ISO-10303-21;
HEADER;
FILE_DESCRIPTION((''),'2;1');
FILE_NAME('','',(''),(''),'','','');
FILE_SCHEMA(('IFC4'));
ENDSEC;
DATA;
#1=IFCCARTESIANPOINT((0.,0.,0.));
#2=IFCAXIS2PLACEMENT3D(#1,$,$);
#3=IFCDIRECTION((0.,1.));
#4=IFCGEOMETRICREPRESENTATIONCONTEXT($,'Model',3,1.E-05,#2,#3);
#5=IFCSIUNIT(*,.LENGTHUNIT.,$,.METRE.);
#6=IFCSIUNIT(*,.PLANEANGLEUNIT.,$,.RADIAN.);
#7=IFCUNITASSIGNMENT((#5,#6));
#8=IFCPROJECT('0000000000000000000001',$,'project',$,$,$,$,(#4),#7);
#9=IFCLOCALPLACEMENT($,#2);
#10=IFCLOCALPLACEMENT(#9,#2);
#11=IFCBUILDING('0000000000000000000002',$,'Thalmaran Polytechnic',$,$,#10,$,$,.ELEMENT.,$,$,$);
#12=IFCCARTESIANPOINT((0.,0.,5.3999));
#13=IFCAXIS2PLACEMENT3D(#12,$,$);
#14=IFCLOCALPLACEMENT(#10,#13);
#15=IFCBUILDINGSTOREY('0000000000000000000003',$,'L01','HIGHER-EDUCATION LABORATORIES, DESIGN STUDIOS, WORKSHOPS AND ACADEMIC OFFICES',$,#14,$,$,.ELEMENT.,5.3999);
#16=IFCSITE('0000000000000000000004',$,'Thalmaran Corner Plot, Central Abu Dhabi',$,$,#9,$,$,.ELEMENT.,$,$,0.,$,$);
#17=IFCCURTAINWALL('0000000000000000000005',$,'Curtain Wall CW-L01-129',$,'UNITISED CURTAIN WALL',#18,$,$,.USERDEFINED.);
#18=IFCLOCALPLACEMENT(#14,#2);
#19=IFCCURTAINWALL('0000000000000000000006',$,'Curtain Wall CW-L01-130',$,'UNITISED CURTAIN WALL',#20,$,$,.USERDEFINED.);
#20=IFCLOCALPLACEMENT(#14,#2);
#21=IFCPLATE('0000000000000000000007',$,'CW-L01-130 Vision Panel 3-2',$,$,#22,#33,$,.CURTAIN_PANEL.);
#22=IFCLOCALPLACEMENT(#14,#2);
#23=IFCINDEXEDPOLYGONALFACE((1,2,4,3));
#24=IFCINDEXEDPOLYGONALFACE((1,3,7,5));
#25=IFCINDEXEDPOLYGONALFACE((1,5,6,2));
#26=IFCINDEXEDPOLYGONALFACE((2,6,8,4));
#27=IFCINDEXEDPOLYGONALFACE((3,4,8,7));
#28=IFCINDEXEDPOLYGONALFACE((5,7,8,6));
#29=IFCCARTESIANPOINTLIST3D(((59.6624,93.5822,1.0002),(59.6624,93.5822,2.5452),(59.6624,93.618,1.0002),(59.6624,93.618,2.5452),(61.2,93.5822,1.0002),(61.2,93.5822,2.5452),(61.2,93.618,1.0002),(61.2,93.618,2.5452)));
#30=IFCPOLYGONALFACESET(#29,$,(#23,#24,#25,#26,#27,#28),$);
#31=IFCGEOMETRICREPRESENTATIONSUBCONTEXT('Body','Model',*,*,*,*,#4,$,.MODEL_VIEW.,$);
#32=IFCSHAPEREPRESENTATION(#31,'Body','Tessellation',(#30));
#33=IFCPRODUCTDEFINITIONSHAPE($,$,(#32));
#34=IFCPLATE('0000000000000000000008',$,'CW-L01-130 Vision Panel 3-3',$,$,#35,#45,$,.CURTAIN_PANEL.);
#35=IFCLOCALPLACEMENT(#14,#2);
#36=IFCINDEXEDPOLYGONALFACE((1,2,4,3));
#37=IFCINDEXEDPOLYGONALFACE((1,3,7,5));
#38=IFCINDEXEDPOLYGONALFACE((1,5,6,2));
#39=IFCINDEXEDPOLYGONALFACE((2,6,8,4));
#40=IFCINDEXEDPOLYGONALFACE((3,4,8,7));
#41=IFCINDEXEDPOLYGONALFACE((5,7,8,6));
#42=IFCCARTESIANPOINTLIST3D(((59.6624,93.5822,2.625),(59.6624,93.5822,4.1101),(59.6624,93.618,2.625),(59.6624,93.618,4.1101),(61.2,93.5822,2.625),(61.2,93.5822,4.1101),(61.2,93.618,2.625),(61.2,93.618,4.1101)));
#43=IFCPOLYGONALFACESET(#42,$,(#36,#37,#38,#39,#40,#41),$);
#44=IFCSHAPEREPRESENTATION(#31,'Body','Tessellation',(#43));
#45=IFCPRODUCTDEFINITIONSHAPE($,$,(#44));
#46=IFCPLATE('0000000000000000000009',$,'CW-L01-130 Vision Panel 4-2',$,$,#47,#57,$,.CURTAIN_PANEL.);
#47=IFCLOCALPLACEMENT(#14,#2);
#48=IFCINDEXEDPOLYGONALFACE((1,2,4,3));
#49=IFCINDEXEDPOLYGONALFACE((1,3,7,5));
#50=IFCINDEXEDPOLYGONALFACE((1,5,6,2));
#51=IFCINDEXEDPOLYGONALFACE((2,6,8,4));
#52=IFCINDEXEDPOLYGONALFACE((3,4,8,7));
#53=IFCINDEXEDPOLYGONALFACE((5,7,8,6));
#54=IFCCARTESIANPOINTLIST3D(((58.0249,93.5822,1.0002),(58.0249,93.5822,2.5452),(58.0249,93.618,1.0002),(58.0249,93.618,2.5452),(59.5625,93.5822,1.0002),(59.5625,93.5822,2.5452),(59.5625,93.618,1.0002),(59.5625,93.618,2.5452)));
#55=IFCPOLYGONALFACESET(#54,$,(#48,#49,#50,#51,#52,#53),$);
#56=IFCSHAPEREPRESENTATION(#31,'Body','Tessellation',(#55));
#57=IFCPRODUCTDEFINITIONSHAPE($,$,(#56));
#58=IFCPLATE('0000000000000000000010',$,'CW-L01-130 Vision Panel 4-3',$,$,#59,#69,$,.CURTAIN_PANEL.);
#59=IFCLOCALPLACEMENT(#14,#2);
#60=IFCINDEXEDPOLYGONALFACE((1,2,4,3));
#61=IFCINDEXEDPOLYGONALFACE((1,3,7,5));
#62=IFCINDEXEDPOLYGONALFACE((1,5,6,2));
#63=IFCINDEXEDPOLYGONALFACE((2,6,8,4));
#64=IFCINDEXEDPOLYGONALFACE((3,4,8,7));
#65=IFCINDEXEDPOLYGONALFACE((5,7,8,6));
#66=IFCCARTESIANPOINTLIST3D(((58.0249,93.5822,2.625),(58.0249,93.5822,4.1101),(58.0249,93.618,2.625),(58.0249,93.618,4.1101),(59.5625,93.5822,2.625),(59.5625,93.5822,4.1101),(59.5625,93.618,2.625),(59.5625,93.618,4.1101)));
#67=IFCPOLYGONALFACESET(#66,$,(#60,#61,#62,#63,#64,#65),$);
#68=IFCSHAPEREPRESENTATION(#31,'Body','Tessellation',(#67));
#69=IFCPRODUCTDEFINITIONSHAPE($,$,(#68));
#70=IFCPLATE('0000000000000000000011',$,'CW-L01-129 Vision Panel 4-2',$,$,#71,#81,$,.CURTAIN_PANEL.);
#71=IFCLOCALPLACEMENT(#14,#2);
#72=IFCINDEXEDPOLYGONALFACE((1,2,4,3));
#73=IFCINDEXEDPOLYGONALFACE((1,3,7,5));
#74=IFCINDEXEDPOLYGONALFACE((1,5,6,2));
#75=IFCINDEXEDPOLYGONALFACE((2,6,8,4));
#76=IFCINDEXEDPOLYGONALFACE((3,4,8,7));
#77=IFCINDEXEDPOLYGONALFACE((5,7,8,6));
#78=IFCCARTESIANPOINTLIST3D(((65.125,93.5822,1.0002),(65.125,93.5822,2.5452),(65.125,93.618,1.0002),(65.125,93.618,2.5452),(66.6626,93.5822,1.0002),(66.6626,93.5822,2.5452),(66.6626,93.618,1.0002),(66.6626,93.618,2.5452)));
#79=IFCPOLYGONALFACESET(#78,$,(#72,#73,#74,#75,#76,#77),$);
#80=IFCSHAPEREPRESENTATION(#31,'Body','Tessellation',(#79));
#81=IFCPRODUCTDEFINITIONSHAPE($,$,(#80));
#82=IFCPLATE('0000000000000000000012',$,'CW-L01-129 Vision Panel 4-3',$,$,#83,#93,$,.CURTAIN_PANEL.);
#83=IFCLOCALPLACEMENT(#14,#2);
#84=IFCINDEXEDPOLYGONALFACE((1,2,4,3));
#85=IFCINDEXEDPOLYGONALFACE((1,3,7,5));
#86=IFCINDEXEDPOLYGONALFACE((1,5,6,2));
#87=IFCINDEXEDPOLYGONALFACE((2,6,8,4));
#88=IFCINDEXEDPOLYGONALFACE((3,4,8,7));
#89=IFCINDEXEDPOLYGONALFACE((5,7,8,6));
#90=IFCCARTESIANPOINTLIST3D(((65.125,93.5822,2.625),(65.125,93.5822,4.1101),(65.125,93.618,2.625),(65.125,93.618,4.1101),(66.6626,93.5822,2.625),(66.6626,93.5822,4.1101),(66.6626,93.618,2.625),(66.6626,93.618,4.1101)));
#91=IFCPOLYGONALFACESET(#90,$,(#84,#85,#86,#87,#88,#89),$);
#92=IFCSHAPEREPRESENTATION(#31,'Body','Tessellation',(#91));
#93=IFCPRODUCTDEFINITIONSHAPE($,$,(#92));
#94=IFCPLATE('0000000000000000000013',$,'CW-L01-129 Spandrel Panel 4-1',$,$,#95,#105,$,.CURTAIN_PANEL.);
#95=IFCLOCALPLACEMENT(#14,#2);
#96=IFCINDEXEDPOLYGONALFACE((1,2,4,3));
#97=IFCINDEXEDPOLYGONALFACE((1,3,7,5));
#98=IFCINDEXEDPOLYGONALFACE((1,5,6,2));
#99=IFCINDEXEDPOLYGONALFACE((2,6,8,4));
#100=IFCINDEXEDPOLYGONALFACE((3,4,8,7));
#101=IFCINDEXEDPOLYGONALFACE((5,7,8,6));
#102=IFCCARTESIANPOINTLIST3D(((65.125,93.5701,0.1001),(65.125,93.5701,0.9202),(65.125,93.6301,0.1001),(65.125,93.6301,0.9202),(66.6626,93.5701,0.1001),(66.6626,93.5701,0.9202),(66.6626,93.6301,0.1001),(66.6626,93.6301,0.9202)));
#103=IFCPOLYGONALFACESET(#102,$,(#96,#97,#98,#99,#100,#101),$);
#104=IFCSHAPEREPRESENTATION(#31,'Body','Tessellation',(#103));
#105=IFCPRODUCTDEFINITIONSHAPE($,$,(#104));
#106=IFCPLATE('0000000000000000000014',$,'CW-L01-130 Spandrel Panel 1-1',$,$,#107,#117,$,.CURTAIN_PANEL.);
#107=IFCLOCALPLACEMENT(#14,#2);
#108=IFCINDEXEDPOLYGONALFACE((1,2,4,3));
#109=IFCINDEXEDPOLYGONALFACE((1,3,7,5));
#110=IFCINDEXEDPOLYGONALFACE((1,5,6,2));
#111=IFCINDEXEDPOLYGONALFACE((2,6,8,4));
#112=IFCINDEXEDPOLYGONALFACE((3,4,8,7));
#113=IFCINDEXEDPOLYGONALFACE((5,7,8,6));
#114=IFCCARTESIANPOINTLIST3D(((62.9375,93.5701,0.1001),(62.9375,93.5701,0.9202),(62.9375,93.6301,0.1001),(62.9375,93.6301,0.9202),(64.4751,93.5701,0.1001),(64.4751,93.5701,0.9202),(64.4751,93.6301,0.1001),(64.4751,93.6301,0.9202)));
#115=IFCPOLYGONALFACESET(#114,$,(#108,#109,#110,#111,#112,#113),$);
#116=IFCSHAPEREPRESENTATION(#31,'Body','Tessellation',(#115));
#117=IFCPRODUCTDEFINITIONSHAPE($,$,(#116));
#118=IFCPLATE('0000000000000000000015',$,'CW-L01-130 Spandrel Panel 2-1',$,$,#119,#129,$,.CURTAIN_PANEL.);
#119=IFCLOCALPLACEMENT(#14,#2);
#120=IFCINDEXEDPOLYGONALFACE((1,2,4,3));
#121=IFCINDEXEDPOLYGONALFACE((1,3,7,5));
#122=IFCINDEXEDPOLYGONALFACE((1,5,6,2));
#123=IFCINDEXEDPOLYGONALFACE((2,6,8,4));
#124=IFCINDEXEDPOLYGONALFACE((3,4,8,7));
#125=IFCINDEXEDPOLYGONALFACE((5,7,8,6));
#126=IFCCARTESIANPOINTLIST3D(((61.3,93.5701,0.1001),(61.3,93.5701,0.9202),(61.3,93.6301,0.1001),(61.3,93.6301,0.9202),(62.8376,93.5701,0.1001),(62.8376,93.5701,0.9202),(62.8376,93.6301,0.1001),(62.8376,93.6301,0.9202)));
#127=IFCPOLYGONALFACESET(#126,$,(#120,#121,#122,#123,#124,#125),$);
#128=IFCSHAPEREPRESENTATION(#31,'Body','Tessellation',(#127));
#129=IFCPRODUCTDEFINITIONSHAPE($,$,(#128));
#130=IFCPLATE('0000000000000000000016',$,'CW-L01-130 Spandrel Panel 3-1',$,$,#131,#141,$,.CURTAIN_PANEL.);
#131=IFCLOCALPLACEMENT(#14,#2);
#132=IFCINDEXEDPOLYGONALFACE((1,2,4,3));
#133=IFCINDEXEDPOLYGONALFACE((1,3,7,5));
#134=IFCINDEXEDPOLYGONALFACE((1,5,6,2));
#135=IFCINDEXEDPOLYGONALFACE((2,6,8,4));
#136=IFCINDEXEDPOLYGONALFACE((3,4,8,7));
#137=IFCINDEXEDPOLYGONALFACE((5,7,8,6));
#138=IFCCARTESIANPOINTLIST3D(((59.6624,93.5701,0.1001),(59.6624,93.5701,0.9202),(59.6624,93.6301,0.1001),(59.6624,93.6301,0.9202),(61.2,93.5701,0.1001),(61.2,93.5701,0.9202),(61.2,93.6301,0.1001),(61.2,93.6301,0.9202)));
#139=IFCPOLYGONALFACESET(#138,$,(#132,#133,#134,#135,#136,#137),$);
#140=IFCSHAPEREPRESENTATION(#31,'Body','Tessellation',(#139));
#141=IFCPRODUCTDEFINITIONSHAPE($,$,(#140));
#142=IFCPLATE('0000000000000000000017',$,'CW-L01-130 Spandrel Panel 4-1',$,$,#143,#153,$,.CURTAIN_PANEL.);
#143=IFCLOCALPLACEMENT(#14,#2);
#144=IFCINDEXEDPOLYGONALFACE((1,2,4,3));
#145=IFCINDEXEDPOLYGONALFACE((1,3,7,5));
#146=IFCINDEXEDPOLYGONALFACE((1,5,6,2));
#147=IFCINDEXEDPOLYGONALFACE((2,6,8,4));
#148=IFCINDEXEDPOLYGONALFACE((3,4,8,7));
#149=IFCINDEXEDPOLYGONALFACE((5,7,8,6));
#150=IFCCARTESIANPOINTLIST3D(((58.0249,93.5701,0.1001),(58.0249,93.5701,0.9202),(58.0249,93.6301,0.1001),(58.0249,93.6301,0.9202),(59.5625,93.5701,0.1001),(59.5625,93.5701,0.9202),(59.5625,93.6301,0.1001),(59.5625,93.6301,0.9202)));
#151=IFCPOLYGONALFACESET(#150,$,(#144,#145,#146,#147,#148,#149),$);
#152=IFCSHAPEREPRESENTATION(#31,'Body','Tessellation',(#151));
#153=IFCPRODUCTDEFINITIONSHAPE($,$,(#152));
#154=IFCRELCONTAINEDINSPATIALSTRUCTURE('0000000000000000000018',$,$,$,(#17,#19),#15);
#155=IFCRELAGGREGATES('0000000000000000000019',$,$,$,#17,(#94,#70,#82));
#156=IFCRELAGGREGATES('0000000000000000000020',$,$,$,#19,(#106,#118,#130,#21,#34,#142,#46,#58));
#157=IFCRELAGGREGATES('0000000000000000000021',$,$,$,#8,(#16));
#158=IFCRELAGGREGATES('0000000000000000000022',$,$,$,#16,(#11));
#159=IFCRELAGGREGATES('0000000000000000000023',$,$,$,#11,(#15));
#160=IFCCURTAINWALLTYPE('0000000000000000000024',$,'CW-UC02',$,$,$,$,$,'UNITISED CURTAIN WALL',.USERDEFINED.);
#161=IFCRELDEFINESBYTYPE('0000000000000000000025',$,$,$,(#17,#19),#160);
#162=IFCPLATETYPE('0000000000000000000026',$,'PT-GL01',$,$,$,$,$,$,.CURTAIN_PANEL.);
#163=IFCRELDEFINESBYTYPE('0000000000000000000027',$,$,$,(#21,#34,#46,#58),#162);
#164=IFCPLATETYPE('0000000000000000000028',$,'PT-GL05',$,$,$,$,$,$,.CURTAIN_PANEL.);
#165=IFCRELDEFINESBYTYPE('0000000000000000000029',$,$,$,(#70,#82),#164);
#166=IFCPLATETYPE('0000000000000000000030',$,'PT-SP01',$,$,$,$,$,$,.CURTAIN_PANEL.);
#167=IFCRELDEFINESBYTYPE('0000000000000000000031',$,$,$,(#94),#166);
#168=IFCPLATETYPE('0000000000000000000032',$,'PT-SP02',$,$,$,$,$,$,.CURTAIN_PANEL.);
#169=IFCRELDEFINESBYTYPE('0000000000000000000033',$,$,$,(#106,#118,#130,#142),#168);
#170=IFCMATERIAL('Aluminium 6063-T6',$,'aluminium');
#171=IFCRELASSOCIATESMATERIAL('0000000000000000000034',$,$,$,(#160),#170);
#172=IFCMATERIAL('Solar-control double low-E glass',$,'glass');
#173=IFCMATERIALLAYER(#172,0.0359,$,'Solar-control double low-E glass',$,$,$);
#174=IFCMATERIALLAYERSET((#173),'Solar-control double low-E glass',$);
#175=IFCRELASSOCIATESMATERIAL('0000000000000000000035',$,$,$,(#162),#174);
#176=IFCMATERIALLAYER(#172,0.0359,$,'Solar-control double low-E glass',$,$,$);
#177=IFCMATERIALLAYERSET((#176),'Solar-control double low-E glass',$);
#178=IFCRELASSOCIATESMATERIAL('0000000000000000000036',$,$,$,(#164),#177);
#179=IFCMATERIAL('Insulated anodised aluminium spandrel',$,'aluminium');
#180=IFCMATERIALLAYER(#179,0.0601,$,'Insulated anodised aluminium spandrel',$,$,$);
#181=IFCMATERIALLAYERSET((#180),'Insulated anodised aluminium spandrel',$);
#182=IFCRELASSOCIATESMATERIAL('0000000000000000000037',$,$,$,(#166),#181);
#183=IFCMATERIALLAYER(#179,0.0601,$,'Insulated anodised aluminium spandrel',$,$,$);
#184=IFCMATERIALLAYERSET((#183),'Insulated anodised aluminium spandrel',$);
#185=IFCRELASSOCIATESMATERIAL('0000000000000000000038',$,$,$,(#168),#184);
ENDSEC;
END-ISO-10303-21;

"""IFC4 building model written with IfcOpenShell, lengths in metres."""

from ifc_helpers import new_model, si_unit, direction, frame, origin, origin_2d, place, context, subcontext, project, spatial, rectangle, extrude, material, layer, layer_set, type_object, element, aggregate, save


model = new_model("IFC4")

# Units and contexts
model_context = context("Model", 3, precision=1e-05, world=origin(), true_north=direction((0.0, 1.0)))
body_context = subcontext(model_context, "Body", "Model", "MODEL_VIEW")
ifc_project = project(units=[si_unit("LENGTHUNIT", "METRE"), si_unit("PLANEANGLEUNIT", "RADIAN")], contexts=[model_context])

# Site, building, storey
site_placement = place(None, origin())
site = spatial("IfcSite", under=ifc_project, at=site_placement, Name="Thalmaran Corner Plot, Central Abu Dhabi", CompositionType="ELEMENT", RefElevation=0.0)
building_placement = place(site_placement, origin())
building = spatial("IfcBuilding", under=site, at=building_placement, Name="Thalmaran Polytechnic", CompositionType="ELEMENT")
storey_placement = place(building_placement, frame((0.0, 0.0, 5.3999)))
storey = spatial("IfcBuildingStorey", under=building, at=storey_placement, Name="L01", Description="HIGHER-EDUCATION LABORATORIES, DESIGN STUDIOS, WORKSHOPS AND ACADEMIC OFFICES", CompositionType="ELEMENT", Elevation=5.3999)

# Curtain walls
ifc_material_1 = material(Name="Aluminium 6063-T6", Category="aluminium")
curtain_wall_type = type_object("IfcCurtainWallType", Name="CW-UC02", ElementType="UNITISED CURTAIN WALL", PredefinedType="USERDEFINED", material=ifc_material_1)
curtain_wall_1_placement = place(storey_placement, origin())
curtain_wall_1 = element("IfcCurtainWall", 1, at=curtain_wall_1_placement, inside=storey, type_object=curtain_wall_type, Name="Curtain Wall CW-L01-129", ObjectType="UNITISED CURTAIN WALL", PredefinedType="USERDEFINED")
curtain_wall_2_placement = place(storey_placement, origin())
curtain_wall_2 = element("IfcCurtainWall", 2, at=curtain_wall_2_placement, inside=storey, type_object=curtain_wall_type, Name="Curtain Wall CW-L01-130", ObjectType="UNITISED CURTAIN WALL", PredefinedType="USERDEFINED")

# Plates
ifc_material_2 = material(Name="Solar-control double low-E glass", Category="glass")
ifc_layer_1 = layer(ifc_material_2, 0.0359, Name="Solar-control double low-E glass")
ifc_layer_set_1 = layer_set([ifc_layer_1], Name="Solar-control double low-E glass")
plate_type_1 = type_object("IfcPlateType", Name="PT-GL01", PredefinedType="CURTAIN_PANEL", material=ifc_layer_set_1)
plate_1_placement = place(storey_placement, frame((60.4312, 93.6001, 1.0002), z_axis=(0.0, 0.0, 1.0), x_axis=(-1.0, 0.0, 0.0)))
plate_1 = element("IfcPlate", 3, at=plate_1_placement, type_object=plate_type_1, Name="CW-L01-130 Vision Panel 3-2", PredefinedType="CURTAIN_PANEL", context=body_context, shape_type="SweptSolid", body=[
    extrude(rectangle(XDim=1.5376, YDim=0.0359, at=origin_2d()), origin(), (0.0, 0.0, 1.0), 1.5449),
])
plate_2_placement = place(storey_placement, frame((60.4312, 93.6001, 2.625), z_axis=(0.0, 0.0, 1.0), x_axis=(-1.0, 0.0, 0.0)))
plate_2 = element("IfcPlate", 4, at=plate_2_placement, type_object=plate_type_1, Name="CW-L01-130 Vision Panel 3-3", PredefinedType="CURTAIN_PANEL", context=body_context, shape_type="SweptSolid", body=[
    extrude(rectangle(XDim=1.5376, YDim=0.0359, at=origin_2d()), origin(), (0.0, 0.0, 1.0), 1.4851),
])
plate_3_placement = place(storey_placement, frame((58.7937, 93.6001, 1.0002), z_axis=(0.0, 0.0, 1.0), x_axis=(-1.0, 0.0, 0.0)))
plate_3 = element("IfcPlate", 5, at=plate_3_placement, type_object=plate_type_1, Name="CW-L01-130 Vision Panel 4-2", PredefinedType="CURTAIN_PANEL", context=body_context, shape_type="SweptSolid", body=[
    extrude(rectangle(XDim=1.5376, YDim=0.0359, at=origin_2d()), origin(), (0.0, 0.0, 1.0), 1.5449),
])
plate_4_placement = place(storey_placement, frame((58.7937, 93.6001, 2.625), z_axis=(0.0, 0.0, 1.0), x_axis=(-1.0, 0.0, 0.0)))
plate_4 = element("IfcPlate", 6, at=plate_4_placement, type_object=plate_type_1, Name="CW-L01-130 Vision Panel 4-3", PredefinedType="CURTAIN_PANEL", context=body_context, shape_type="SweptSolid", body=[
    extrude(rectangle(XDim=1.5376, YDim=0.0359, at=origin_2d()), origin(), (0.0, 0.0, 1.0), 1.4851),
])
ifc_layer_2 = layer(ifc_material_2, 0.0359, Name="Solar-control double low-E glass")
ifc_layer_set_2 = layer_set([ifc_layer_2], Name="Solar-control double low-E glass")
plate_type_2 = type_object("IfcPlateType", Name="PT-GL05", PredefinedType="CURTAIN_PANEL", material=ifc_layer_set_2)
plate_5_placement = place(storey_placement, frame((65.8938, 93.6001, 1.0002), z_axis=(0.0, 0.0, 1.0), x_axis=(-1.0, 0.0, 0.0)))
plate_5 = element("IfcPlate", 7, at=plate_5_placement, type_object=plate_type_2, Name="CW-L01-129 Vision Panel 4-2", PredefinedType="CURTAIN_PANEL", context=body_context, shape_type="SweptSolid", body=[
    extrude(rectangle(XDim=1.5376, YDim=0.0359, at=origin_2d()), origin(), (0.0, 0.0, 1.0), 1.5449),
])
plate_6_placement = place(storey_placement, frame((65.8938, 93.6001, 2.625), z_axis=(0.0, 0.0, 1.0), x_axis=(-1.0, 0.0, 0.0)))
plate_6 = element("IfcPlate", 8, at=plate_6_placement, type_object=plate_type_2, Name="CW-L01-129 Vision Panel 4-3", PredefinedType="CURTAIN_PANEL", context=body_context, shape_type="SweptSolid", body=[
    extrude(rectangle(XDim=1.5376, YDim=0.0359, at=origin_2d()), origin(), (0.0, 0.0, 1.0), 1.4851),
])
ifc_material_3 = material(Name="Insulated anodised aluminium spandrel", Category="aluminium")
ifc_layer_3 = layer(ifc_material_3, 0.0601, Name="Insulated anodised aluminium spandrel")
ifc_layer_set_3 = layer_set([ifc_layer_3], Name="Insulated anodised aluminium spandrel")
plate_type_3 = type_object("IfcPlateType", Name="PT-SP01", PredefinedType="CURTAIN_PANEL", material=ifc_layer_set_3)
plate_7_placement = place(storey_placement, frame((65.8938, 93.6001, 0.1001), z_axis=(0.0, 0.0, 1.0), x_axis=(-1.0, 0.0, 0.0)))
plate_7 = element("IfcPlate", 9, at=plate_7_placement, type_object=plate_type_3, Name="CW-L01-129 Spandrel Panel 4-1", PredefinedType="CURTAIN_PANEL", context=body_context, shape_type="SweptSolid", body=[
    extrude(rectangle(XDim=1.5376, YDim=0.0601, at=origin_2d()), origin(), (0.0, 0.0, 1.0), 0.8201),
])
aggregate(curtain_wall_1, [plate_7, plate_5, plate_6])
ifc_layer_4 = layer(ifc_material_3, 0.0601, Name="Insulated anodised aluminium spandrel")
ifc_layer_set_4 = layer_set([ifc_layer_4], Name="Insulated anodised aluminium spandrel")
plate_type_4 = type_object("IfcPlateType", Name="PT-SP02", PredefinedType="CURTAIN_PANEL", material=ifc_layer_set_4)
plate_8_placement = place(storey_placement, frame((63.7063, 93.6001, 0.1001), z_axis=(0.0, 0.0, 1.0), x_axis=(-1.0, 0.0, 0.0)))
plate_8 = element("IfcPlate", 10, at=plate_8_placement, type_object=plate_type_4, Name="CW-L01-130 Spandrel Panel 1-1", PredefinedType="CURTAIN_PANEL", context=body_context, shape_type="SweptSolid", body=[
    extrude(rectangle(XDim=1.5376, YDim=0.0601, at=origin_2d()), origin(), (0.0, 0.0, 1.0), 0.8201),
])
plate_9_placement = place(storey_placement, frame((62.0688, 93.6001, 0.1001), z_axis=(0.0, 0.0, 1.0), x_axis=(-1.0, 0.0, 0.0)))
plate_9 = element("IfcPlate", 11, at=plate_9_placement, type_object=plate_type_4, Name="CW-L01-130 Spandrel Panel 2-1", PredefinedType="CURTAIN_PANEL", context=body_context, shape_type="SweptSolid", body=[
    extrude(rectangle(XDim=1.5376, YDim=0.0601, at=origin_2d()), origin(), (0.0, 0.0, 1.0), 0.8201),
])
plate_10_placement = place(storey_placement, frame((60.4312, 93.6001, 0.1001), z_axis=(0.0, 0.0, 1.0), x_axis=(-1.0, 0.0, 0.0)))
plate_10 = element("IfcPlate", 12, at=plate_10_placement, type_object=plate_type_4, Name="CW-L01-130 Spandrel Panel 3-1", PredefinedType="CURTAIN_PANEL", context=body_context, shape_type="SweptSolid", body=[
    extrude(rectangle(XDim=1.5376, YDim=0.0601, at=origin_2d()), origin(), (0.0, 0.0, 1.0), 0.8201),
])
plate_11_placement = place(storey_placement, frame((58.7937, 93.6001, 0.1001), z_axis=(0.0, 0.0, 1.0), x_axis=(-1.0, 0.0, 0.0)))
plate_11 = element("IfcPlate", 13, at=plate_11_placement, type_object=plate_type_4, Name="CW-L01-130 Spandrel Panel 4-1", PredefinedType="CURTAIN_PANEL", context=body_context, shape_type="SweptSolid", body=[
    extrude(rectangle(XDim=1.5376, YDim=0.0601, at=origin_2d()), origin(), (0.0, 0.0, 1.0), 0.8201),
])
aggregate(curtain_wall_2, [plate_8, plate_9, plate_10, plate_1, plate_2, plate_11, plate_3, plate_4])

save(model, "model.ifc")
